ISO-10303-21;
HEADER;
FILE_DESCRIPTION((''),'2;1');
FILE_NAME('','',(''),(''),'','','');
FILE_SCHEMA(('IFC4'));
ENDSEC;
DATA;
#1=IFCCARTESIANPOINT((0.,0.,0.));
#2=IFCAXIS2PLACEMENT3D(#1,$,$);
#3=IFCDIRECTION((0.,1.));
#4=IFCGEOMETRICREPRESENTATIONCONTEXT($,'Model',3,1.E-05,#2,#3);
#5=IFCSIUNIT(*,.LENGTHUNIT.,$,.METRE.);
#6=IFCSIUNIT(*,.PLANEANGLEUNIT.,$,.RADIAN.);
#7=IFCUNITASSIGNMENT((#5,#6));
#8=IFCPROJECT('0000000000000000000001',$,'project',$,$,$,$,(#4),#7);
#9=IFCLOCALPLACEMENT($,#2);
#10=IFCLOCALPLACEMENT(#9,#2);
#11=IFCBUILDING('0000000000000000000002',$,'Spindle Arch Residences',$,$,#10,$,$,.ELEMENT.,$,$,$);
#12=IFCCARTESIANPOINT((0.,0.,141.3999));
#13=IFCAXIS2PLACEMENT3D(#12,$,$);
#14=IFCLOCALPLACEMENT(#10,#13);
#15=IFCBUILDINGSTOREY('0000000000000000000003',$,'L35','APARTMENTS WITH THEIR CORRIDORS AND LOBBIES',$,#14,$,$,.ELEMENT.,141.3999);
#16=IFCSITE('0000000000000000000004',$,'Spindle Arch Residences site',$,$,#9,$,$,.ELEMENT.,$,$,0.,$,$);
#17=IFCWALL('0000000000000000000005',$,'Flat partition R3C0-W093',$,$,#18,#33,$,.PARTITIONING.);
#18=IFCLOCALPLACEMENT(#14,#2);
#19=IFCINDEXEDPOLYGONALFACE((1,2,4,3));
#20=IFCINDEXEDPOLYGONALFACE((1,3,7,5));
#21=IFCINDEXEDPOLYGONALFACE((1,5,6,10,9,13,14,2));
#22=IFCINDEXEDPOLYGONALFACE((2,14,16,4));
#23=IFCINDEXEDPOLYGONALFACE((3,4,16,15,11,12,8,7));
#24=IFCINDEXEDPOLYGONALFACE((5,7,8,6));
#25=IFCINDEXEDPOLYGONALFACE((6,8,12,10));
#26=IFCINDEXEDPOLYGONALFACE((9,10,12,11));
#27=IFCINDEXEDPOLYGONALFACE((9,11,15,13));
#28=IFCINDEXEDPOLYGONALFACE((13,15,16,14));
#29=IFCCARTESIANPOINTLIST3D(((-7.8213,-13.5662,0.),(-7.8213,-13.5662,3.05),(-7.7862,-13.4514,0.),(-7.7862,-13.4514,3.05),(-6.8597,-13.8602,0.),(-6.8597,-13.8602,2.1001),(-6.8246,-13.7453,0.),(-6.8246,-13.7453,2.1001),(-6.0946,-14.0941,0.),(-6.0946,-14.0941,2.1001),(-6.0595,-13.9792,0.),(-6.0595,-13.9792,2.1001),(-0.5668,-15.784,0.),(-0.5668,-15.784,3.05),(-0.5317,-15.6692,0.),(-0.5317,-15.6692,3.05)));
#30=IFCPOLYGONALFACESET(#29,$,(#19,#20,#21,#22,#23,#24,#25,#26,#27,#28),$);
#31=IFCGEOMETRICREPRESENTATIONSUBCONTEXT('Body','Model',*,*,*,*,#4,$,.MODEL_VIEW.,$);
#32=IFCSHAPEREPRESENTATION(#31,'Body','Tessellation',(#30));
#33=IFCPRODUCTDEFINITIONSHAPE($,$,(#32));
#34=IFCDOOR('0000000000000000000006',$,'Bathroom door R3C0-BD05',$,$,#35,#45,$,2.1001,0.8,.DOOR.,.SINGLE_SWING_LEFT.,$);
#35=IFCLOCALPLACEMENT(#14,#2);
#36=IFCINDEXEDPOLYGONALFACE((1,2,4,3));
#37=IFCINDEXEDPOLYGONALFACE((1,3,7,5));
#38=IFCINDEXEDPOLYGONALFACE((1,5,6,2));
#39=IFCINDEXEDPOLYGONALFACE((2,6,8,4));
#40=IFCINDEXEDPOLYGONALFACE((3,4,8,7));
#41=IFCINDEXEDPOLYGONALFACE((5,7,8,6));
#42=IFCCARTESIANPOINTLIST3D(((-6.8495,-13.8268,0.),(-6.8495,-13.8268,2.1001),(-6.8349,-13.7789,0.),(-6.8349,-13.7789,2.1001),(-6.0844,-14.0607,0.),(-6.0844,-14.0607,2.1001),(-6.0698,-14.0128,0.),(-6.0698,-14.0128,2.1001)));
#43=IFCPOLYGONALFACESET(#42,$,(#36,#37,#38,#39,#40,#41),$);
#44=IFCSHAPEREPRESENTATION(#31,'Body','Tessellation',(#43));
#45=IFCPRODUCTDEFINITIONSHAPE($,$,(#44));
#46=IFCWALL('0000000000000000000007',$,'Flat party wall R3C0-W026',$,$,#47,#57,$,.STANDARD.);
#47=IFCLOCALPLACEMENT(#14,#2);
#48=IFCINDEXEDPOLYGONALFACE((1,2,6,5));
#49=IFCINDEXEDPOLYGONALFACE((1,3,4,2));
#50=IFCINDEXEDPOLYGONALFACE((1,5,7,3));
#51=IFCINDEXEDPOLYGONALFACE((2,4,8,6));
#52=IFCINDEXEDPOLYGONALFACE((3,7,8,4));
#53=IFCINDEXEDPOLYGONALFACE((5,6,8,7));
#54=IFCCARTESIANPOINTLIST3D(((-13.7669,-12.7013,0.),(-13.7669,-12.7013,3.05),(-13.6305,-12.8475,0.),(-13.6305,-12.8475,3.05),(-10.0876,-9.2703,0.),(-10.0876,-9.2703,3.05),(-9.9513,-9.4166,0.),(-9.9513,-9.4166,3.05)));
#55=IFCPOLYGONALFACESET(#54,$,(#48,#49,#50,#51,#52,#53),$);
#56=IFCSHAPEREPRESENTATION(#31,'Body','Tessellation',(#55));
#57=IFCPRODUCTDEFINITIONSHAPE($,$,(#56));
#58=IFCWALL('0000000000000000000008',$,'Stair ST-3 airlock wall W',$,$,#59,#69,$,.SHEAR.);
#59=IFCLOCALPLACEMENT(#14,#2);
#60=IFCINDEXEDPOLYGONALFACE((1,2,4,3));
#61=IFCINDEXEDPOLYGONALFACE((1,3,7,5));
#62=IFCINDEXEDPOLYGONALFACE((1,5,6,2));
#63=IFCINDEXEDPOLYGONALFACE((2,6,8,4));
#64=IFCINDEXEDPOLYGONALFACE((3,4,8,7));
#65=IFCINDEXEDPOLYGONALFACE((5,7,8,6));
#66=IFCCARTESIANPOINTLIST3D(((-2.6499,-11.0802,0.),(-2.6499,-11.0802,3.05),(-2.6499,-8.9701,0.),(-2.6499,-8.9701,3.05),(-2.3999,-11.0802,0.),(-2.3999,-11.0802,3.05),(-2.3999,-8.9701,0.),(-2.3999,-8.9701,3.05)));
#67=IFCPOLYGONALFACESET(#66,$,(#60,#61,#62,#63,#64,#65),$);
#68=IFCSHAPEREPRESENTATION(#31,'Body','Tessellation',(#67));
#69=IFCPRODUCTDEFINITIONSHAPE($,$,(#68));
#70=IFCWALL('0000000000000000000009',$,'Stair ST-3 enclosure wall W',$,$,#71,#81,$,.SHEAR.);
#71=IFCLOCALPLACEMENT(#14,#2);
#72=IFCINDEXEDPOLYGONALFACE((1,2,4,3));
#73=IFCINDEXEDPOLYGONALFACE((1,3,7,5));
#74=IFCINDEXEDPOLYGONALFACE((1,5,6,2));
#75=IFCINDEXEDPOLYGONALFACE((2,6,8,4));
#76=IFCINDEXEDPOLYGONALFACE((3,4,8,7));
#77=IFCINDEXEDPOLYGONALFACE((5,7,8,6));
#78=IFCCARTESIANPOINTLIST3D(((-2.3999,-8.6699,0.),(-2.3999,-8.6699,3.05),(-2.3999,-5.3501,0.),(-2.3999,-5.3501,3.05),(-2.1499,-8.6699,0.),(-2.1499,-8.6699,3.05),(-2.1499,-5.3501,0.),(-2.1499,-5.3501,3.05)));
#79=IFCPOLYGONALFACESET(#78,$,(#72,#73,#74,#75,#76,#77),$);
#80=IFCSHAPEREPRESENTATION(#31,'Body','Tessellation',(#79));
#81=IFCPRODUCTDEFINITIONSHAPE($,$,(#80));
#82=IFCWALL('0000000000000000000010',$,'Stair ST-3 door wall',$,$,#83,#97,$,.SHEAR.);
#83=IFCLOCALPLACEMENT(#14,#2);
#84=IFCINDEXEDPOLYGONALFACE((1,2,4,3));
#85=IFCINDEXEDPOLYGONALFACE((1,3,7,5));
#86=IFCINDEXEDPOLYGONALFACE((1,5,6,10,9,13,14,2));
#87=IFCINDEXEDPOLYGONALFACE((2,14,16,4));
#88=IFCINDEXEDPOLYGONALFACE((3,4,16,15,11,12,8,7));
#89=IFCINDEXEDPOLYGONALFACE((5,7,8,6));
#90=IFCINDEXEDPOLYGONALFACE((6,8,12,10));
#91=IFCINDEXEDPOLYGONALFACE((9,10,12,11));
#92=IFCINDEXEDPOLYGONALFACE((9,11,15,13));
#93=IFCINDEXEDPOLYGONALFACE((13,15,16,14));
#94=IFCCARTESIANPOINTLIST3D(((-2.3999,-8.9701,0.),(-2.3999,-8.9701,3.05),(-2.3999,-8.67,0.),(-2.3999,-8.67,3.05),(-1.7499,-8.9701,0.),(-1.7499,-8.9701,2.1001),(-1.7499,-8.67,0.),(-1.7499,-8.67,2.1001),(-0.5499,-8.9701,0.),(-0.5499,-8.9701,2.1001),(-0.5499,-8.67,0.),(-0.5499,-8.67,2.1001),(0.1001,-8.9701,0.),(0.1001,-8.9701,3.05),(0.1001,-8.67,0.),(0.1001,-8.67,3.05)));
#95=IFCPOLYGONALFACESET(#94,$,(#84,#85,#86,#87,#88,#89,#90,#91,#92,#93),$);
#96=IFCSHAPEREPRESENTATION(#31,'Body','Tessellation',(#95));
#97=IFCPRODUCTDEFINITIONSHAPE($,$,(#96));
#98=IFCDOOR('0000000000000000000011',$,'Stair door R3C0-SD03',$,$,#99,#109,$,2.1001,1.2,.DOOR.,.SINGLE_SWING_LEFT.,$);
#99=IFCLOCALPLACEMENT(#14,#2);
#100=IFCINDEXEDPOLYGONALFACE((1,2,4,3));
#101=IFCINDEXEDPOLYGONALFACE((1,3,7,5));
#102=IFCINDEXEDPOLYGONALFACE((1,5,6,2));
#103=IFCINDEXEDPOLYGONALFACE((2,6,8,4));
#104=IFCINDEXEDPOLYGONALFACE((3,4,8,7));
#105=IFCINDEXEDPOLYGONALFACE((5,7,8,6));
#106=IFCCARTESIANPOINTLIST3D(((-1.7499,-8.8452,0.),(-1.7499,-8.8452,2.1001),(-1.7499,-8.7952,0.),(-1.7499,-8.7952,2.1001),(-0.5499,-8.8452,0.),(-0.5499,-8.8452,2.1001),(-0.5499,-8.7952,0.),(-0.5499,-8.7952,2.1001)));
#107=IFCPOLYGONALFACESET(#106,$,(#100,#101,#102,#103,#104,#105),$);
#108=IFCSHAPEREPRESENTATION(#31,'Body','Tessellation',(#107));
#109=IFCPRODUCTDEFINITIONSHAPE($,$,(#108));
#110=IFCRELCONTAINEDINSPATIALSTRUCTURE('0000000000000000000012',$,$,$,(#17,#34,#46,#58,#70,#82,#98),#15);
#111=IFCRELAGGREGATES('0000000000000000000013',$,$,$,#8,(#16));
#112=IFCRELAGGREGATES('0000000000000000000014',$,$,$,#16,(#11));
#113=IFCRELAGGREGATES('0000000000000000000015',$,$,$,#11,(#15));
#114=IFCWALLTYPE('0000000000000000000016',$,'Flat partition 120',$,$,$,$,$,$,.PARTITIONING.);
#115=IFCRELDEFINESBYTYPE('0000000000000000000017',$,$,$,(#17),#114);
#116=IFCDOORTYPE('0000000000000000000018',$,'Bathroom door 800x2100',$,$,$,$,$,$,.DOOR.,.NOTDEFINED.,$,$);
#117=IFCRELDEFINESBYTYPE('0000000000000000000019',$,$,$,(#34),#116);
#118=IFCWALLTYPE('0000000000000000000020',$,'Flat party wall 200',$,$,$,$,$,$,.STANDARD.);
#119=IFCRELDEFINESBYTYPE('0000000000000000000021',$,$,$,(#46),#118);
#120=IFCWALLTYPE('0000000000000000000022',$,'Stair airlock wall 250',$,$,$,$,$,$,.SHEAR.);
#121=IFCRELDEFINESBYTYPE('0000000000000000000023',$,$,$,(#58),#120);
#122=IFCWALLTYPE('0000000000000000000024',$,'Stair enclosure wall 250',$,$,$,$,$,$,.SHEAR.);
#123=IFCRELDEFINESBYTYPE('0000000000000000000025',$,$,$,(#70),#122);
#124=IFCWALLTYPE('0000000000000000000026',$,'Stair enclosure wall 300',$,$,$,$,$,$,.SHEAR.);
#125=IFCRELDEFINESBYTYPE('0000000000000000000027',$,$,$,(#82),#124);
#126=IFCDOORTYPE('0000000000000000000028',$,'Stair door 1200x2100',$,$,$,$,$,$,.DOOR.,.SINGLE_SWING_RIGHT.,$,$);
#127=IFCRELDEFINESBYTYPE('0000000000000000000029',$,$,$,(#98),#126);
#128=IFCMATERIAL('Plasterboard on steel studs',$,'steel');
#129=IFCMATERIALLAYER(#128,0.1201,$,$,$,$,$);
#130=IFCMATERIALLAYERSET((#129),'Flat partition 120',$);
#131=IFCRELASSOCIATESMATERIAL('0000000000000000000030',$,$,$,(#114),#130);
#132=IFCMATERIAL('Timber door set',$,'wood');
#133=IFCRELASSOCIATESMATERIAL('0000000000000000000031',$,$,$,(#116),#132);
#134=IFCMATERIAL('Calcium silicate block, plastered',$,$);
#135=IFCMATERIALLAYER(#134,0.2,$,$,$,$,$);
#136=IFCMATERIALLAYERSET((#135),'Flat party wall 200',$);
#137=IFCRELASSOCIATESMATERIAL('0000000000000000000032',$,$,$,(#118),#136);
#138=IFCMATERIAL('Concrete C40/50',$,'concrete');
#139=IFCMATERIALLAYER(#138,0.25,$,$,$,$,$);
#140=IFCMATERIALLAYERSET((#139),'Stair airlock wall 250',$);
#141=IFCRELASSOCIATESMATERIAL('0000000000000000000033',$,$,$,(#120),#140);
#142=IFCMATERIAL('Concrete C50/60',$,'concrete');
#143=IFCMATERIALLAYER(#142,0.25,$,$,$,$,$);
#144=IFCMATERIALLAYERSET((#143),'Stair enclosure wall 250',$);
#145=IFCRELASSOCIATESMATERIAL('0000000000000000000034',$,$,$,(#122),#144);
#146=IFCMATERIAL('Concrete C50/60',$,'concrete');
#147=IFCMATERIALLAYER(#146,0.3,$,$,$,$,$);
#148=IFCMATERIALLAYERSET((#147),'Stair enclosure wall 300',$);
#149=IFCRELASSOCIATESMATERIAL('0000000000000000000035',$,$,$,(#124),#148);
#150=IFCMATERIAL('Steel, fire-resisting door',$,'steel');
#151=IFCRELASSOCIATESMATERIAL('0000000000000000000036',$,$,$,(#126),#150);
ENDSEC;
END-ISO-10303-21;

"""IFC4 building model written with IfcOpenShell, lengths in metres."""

from ifc_helpers import new_model, si_unit, direction, frame, frame_2d, origin, place, context, subcontext, project, spatial, rectangle, extrude, material, layer, layer_set, type_object, element, fill, save


model = new_model("IFC4")

# Units and contexts
model_context = context("Model", 3, precision=1e-05, world=origin(), true_north=direction((0.0, 1.0)))
body_context = subcontext(model_context, "Body", "Model", "MODEL_VIEW")
ifc_project = project(units=[si_unit("LENGTHUNIT", "METRE"), si_unit("PLANEANGLEUNIT", "RADIAN")], contexts=[model_context])

# Site, building, storey
site_placement = place(None, origin())
site = spatial("IfcSite", under=ifc_project, at=site_placement, Name="Spindle Arch Residences site", CompositionType="ELEMENT", RefElevation=0.0)
building_placement = place(site_placement, origin())
building = spatial("IfcBuilding", under=site, at=building_placement, Name="Spindle Arch Residences", CompositionType="ELEMENT")
storey_placement = place(building_placement, frame((0.0, 0.0, 141.3999)))
storey = spatial("IfcBuildingStorey", under=building, at=storey_placement, Name="L35", Description="APARTMENTS WITH THEIR CORRIDORS AND LOBBIES", CompositionType="ELEMENT", Elevation=141.3999)

# Shared definitions
ifc_material_1 = material(Name="Plasterboard on steel studs", Category="steel")
ifc_layer_1 = layer(ifc_material_1, 0.1201)
ifc_layer_set_1 = layer_set([ifc_layer_1], Name="Flat partition 120")
wall_type_1 = type_object("IfcWallType", Name="Flat partition 120", PredefinedType="PARTITIONING", material=ifc_layer_set_1)

# Wall, opening, door
wall_1_placement = place(storey_placement, frame((-7.8037, -13.5088, 0.0), z_axis=(0.0, 0.0, 1.0), x_axis=(0.956309, -0.292358, 0.0)))
wall_1 = element("IfcWall", 1, at=wall_1_placement, inside=storey, type_object=wall_type_1, Name="Flat partition R3C0-W093", PredefinedType="PARTITIONING", context=body_context, shape_type="SweptSolid", body=[
    extrude(rectangle(XDim=7.5859, YDim=0.1201, at=frame_2d((3.793, 0.0))), origin(), (0.0, 0.0, 1.0), 3.05),
])
opening_1_placement = place(wall_1_placement, frame((1.0056, 0.0, 0.0)))
opening_1 = element("IfcOpeningElement", 2, at=opening_1_placement, cuts=wall_1, PredefinedType="OPENING", context=body_context, shape_type="SweptSolid", body=[
    extrude(rectangle(XDim=0.8, YDim=2.1001, at=frame_2d((0.3999, 1.05))), frame((0.0, 0.0701, 0.0), z_axis=(0.0, -1.0, 0.0), x_axis=(1.0, 0.0, 0.0)), (0.0, 0.0, 1.0), 0.1401),
])
ifc_material_2 = material(Name="Timber door set", Category="wood")
door_type_1 = type_object("IfcDoorType", Name="Bathroom door 800x2100", OperationType="NOTDEFINED", PredefinedType="DOOR", material=ifc_material_2)
door_1_placement = place(opening_1_placement, origin())
door_1 = element("IfcDoor", 3, at=door_1_placement, inside=storey, type_object=door_type_1, Name="Bathroom door R3C0-BD05", OperationType="SINGLE_SWING_LEFT", OverallHeight=2.1001, OverallWidth=0.8, PredefinedType="DOOR", context=body_context, shape_type="SweptSolid", body=[
    extrude(rectangle(XDim=0.8, YDim=2.1001, at=frame_2d((0.3999, 1.05))), frame((0.0, 0.0249, 0.0), z_axis=(0.0, -1.0, 0.0), x_axis=(1.0, 0.0, 0.0)), (0.0, 0.0, 1.0), 0.05),
])
fill(opening_1, door_1)

# Walls
ifc_material_3 = material(Name="Calcium silicate block, plastered")
ifc_layer_2 = layer(ifc_material_3, 0.2)
ifc_layer_set_2 = layer_set([ifc_layer_2], Name="Flat party wall 200")
wall_type_2 = type_object("IfcWallType", Name="Flat party wall 200", PredefinedType="STANDARD", material=ifc_layer_set_2)
wall_2_placement = place(storey_placement, frame((-13.6987, -12.7744, 0.0), z_axis=(0.0, 0.0, 1.0), x_axis=(0.731354, 0.681998, 0.0)))
element("IfcWall", 4, at=wall_2_placement, inside=storey, type_object=wall_type_2, Name="Flat party wall R3C0-W026", PredefinedType="STANDARD", context=body_context, shape_type="SweptSolid", body=[
    extrude(rectangle(XDim=5.0308, YDim=0.2, at=frame_2d((2.5154, 0.0))), origin(), (0.0, 0.0, 1.0), 3.05),
])
ifc_material_4 = material(Name="Concrete C40/50", Category="concrete")
ifc_layer_3 = layer(ifc_material_4, 0.25)
ifc_layer_set_3 = layer_set([ifc_layer_3], Name="Stair airlock wall 250")
wall_type_3 = type_object("IfcWallType", Name="Stair airlock wall 250", PredefinedType="SHEAR", material=ifc_layer_set_3)
wall_3_placement = place(storey_placement, frame((-2.5249, -8.97, 0.0), z_axis=(0.0, 0.0, 1.0), x_axis=(0.0, -1.0, 0.0)))
element("IfcWall", 5, at=wall_3_placement, inside=storey, type_object=wall_type_3, Name="Stair ST-3 airlock wall W", PredefinedType="SHEAR", context=body_context, shape_type="SweptSolid", body=[
    extrude(rectangle(XDim=2.1101, YDim=0.25, at=frame_2d((1.0552, 0.0))), origin(), (0.0, 0.0, 1.0), 3.05),
])
ifc_material_5 = material(Name="Concrete C50/60", Category="concrete")
ifc_layer_4 = layer(ifc_material_5, 0.25)
ifc_layer_set_4 = layer_set([ifc_layer_4], Name="Stair enclosure wall 250")
wall_type_4 = type_object("IfcWallType", Name="Stair enclosure wall 250", PredefinedType="SHEAR", material=ifc_layer_set_4)
wall_4_placement = place(storey_placement, frame((-2.2749, -8.6699, 0.0), z_axis=(0.0, 0.0, 1.0), x_axis=(0.0, 1.0, 0.0)))
element("IfcWall", 6, at=wall_4_placement, inside=storey, type_object=wall_type_4, Name="Stair ST-3 enclosure wall W", PredefinedType="SHEAR", context=body_context, shape_type="SweptSolid", body=[
    extrude(rectangle(XDim=3.3198, YDim=0.25, at=frame_2d((1.6599, 0.0))), origin(), (0.0, 0.0, 1.0), 3.05),
])

# Wall, opening, door
ifc_material_6 = material(Name="Concrete C50/60", Category="concrete")
ifc_layer_5 = layer(ifc_material_6, 0.3)
ifc_layer_set_5 = layer_set([ifc_layer_5], Name="Stair enclosure wall 300")
wall_type_5 = type_object("IfcWallType", Name="Stair enclosure wall 300", PredefinedType="SHEAR", material=ifc_layer_set_5)
wall_5_placement = place(storey_placement, frame((-2.3999, -8.8201, 0.0), z_axis=(0.0, 0.0, 1.0), x_axis=(1.0, 0.0, 0.0)))
wall_5 = element("IfcWall", 7, at=wall_5_placement, inside=storey, type_object=wall_type_5, Name="Stair ST-3 door wall", PredefinedType="SHEAR", context=body_context, shape_type="SweptSolid", body=[
    extrude(rectangle(XDim=2.5, YDim=0.3, at=frame_2d((1.25, 0.0))), origin(), (0.0, 0.0, 1.0), 3.05),
])
opening_2_placement = place(wall_5_placement, frame((0.6499, 0.0, 0.0)))
opening_2 = element("IfcOpeningElement", 8, at=opening_2_placement, cuts=wall_5, PredefinedType="OPENING", context=body_context, shape_type="SweptSolid", body=[
    extrude(rectangle(XDim=1.2, YDim=2.1001, at=frame_2d((0.6001, 1.05))), frame((0.0, 0.1602, 0.0), z_axis=(0.0, -1.0, 0.0), x_axis=(1.0, 0.0, 0.0)), (0.0, 0.0, 1.0), 0.3201),
])
ifc_material_7 = material(Name="Steel, fire-resisting door", Category="steel")
door_type_2 = type_object("IfcDoorType", Name="Stair door 1200x2100", OperationType="SINGLE_SWING_RIGHT", PredefinedType="DOOR", material=ifc_material_7)
door_2_placement = place(opening_2_placement, origin())
door_2 = element("IfcDoor", 9, at=door_2_placement, inside=storey, type_object=door_type_2, Name="Stair door R3C0-SD03", OperationType="SINGLE_SWING_LEFT", OverallHeight=2.1001, OverallWidth=1.2, PredefinedType="DOOR", context=body_context, shape_type="SweptSolid", body=[
    extrude(rectangle(XDim=1.2, YDim=2.1001, at=frame_2d((0.6001, 1.05))), frame((0.0, 0.0249, 0.0), z_axis=(0.0, -1.0, 0.0), x_axis=(1.0, 0.0, 0.0)), (0.0, 0.0, 1.0), 0.05),
])
fill(opening_2, door_2)

save(model, "model.ifc")
